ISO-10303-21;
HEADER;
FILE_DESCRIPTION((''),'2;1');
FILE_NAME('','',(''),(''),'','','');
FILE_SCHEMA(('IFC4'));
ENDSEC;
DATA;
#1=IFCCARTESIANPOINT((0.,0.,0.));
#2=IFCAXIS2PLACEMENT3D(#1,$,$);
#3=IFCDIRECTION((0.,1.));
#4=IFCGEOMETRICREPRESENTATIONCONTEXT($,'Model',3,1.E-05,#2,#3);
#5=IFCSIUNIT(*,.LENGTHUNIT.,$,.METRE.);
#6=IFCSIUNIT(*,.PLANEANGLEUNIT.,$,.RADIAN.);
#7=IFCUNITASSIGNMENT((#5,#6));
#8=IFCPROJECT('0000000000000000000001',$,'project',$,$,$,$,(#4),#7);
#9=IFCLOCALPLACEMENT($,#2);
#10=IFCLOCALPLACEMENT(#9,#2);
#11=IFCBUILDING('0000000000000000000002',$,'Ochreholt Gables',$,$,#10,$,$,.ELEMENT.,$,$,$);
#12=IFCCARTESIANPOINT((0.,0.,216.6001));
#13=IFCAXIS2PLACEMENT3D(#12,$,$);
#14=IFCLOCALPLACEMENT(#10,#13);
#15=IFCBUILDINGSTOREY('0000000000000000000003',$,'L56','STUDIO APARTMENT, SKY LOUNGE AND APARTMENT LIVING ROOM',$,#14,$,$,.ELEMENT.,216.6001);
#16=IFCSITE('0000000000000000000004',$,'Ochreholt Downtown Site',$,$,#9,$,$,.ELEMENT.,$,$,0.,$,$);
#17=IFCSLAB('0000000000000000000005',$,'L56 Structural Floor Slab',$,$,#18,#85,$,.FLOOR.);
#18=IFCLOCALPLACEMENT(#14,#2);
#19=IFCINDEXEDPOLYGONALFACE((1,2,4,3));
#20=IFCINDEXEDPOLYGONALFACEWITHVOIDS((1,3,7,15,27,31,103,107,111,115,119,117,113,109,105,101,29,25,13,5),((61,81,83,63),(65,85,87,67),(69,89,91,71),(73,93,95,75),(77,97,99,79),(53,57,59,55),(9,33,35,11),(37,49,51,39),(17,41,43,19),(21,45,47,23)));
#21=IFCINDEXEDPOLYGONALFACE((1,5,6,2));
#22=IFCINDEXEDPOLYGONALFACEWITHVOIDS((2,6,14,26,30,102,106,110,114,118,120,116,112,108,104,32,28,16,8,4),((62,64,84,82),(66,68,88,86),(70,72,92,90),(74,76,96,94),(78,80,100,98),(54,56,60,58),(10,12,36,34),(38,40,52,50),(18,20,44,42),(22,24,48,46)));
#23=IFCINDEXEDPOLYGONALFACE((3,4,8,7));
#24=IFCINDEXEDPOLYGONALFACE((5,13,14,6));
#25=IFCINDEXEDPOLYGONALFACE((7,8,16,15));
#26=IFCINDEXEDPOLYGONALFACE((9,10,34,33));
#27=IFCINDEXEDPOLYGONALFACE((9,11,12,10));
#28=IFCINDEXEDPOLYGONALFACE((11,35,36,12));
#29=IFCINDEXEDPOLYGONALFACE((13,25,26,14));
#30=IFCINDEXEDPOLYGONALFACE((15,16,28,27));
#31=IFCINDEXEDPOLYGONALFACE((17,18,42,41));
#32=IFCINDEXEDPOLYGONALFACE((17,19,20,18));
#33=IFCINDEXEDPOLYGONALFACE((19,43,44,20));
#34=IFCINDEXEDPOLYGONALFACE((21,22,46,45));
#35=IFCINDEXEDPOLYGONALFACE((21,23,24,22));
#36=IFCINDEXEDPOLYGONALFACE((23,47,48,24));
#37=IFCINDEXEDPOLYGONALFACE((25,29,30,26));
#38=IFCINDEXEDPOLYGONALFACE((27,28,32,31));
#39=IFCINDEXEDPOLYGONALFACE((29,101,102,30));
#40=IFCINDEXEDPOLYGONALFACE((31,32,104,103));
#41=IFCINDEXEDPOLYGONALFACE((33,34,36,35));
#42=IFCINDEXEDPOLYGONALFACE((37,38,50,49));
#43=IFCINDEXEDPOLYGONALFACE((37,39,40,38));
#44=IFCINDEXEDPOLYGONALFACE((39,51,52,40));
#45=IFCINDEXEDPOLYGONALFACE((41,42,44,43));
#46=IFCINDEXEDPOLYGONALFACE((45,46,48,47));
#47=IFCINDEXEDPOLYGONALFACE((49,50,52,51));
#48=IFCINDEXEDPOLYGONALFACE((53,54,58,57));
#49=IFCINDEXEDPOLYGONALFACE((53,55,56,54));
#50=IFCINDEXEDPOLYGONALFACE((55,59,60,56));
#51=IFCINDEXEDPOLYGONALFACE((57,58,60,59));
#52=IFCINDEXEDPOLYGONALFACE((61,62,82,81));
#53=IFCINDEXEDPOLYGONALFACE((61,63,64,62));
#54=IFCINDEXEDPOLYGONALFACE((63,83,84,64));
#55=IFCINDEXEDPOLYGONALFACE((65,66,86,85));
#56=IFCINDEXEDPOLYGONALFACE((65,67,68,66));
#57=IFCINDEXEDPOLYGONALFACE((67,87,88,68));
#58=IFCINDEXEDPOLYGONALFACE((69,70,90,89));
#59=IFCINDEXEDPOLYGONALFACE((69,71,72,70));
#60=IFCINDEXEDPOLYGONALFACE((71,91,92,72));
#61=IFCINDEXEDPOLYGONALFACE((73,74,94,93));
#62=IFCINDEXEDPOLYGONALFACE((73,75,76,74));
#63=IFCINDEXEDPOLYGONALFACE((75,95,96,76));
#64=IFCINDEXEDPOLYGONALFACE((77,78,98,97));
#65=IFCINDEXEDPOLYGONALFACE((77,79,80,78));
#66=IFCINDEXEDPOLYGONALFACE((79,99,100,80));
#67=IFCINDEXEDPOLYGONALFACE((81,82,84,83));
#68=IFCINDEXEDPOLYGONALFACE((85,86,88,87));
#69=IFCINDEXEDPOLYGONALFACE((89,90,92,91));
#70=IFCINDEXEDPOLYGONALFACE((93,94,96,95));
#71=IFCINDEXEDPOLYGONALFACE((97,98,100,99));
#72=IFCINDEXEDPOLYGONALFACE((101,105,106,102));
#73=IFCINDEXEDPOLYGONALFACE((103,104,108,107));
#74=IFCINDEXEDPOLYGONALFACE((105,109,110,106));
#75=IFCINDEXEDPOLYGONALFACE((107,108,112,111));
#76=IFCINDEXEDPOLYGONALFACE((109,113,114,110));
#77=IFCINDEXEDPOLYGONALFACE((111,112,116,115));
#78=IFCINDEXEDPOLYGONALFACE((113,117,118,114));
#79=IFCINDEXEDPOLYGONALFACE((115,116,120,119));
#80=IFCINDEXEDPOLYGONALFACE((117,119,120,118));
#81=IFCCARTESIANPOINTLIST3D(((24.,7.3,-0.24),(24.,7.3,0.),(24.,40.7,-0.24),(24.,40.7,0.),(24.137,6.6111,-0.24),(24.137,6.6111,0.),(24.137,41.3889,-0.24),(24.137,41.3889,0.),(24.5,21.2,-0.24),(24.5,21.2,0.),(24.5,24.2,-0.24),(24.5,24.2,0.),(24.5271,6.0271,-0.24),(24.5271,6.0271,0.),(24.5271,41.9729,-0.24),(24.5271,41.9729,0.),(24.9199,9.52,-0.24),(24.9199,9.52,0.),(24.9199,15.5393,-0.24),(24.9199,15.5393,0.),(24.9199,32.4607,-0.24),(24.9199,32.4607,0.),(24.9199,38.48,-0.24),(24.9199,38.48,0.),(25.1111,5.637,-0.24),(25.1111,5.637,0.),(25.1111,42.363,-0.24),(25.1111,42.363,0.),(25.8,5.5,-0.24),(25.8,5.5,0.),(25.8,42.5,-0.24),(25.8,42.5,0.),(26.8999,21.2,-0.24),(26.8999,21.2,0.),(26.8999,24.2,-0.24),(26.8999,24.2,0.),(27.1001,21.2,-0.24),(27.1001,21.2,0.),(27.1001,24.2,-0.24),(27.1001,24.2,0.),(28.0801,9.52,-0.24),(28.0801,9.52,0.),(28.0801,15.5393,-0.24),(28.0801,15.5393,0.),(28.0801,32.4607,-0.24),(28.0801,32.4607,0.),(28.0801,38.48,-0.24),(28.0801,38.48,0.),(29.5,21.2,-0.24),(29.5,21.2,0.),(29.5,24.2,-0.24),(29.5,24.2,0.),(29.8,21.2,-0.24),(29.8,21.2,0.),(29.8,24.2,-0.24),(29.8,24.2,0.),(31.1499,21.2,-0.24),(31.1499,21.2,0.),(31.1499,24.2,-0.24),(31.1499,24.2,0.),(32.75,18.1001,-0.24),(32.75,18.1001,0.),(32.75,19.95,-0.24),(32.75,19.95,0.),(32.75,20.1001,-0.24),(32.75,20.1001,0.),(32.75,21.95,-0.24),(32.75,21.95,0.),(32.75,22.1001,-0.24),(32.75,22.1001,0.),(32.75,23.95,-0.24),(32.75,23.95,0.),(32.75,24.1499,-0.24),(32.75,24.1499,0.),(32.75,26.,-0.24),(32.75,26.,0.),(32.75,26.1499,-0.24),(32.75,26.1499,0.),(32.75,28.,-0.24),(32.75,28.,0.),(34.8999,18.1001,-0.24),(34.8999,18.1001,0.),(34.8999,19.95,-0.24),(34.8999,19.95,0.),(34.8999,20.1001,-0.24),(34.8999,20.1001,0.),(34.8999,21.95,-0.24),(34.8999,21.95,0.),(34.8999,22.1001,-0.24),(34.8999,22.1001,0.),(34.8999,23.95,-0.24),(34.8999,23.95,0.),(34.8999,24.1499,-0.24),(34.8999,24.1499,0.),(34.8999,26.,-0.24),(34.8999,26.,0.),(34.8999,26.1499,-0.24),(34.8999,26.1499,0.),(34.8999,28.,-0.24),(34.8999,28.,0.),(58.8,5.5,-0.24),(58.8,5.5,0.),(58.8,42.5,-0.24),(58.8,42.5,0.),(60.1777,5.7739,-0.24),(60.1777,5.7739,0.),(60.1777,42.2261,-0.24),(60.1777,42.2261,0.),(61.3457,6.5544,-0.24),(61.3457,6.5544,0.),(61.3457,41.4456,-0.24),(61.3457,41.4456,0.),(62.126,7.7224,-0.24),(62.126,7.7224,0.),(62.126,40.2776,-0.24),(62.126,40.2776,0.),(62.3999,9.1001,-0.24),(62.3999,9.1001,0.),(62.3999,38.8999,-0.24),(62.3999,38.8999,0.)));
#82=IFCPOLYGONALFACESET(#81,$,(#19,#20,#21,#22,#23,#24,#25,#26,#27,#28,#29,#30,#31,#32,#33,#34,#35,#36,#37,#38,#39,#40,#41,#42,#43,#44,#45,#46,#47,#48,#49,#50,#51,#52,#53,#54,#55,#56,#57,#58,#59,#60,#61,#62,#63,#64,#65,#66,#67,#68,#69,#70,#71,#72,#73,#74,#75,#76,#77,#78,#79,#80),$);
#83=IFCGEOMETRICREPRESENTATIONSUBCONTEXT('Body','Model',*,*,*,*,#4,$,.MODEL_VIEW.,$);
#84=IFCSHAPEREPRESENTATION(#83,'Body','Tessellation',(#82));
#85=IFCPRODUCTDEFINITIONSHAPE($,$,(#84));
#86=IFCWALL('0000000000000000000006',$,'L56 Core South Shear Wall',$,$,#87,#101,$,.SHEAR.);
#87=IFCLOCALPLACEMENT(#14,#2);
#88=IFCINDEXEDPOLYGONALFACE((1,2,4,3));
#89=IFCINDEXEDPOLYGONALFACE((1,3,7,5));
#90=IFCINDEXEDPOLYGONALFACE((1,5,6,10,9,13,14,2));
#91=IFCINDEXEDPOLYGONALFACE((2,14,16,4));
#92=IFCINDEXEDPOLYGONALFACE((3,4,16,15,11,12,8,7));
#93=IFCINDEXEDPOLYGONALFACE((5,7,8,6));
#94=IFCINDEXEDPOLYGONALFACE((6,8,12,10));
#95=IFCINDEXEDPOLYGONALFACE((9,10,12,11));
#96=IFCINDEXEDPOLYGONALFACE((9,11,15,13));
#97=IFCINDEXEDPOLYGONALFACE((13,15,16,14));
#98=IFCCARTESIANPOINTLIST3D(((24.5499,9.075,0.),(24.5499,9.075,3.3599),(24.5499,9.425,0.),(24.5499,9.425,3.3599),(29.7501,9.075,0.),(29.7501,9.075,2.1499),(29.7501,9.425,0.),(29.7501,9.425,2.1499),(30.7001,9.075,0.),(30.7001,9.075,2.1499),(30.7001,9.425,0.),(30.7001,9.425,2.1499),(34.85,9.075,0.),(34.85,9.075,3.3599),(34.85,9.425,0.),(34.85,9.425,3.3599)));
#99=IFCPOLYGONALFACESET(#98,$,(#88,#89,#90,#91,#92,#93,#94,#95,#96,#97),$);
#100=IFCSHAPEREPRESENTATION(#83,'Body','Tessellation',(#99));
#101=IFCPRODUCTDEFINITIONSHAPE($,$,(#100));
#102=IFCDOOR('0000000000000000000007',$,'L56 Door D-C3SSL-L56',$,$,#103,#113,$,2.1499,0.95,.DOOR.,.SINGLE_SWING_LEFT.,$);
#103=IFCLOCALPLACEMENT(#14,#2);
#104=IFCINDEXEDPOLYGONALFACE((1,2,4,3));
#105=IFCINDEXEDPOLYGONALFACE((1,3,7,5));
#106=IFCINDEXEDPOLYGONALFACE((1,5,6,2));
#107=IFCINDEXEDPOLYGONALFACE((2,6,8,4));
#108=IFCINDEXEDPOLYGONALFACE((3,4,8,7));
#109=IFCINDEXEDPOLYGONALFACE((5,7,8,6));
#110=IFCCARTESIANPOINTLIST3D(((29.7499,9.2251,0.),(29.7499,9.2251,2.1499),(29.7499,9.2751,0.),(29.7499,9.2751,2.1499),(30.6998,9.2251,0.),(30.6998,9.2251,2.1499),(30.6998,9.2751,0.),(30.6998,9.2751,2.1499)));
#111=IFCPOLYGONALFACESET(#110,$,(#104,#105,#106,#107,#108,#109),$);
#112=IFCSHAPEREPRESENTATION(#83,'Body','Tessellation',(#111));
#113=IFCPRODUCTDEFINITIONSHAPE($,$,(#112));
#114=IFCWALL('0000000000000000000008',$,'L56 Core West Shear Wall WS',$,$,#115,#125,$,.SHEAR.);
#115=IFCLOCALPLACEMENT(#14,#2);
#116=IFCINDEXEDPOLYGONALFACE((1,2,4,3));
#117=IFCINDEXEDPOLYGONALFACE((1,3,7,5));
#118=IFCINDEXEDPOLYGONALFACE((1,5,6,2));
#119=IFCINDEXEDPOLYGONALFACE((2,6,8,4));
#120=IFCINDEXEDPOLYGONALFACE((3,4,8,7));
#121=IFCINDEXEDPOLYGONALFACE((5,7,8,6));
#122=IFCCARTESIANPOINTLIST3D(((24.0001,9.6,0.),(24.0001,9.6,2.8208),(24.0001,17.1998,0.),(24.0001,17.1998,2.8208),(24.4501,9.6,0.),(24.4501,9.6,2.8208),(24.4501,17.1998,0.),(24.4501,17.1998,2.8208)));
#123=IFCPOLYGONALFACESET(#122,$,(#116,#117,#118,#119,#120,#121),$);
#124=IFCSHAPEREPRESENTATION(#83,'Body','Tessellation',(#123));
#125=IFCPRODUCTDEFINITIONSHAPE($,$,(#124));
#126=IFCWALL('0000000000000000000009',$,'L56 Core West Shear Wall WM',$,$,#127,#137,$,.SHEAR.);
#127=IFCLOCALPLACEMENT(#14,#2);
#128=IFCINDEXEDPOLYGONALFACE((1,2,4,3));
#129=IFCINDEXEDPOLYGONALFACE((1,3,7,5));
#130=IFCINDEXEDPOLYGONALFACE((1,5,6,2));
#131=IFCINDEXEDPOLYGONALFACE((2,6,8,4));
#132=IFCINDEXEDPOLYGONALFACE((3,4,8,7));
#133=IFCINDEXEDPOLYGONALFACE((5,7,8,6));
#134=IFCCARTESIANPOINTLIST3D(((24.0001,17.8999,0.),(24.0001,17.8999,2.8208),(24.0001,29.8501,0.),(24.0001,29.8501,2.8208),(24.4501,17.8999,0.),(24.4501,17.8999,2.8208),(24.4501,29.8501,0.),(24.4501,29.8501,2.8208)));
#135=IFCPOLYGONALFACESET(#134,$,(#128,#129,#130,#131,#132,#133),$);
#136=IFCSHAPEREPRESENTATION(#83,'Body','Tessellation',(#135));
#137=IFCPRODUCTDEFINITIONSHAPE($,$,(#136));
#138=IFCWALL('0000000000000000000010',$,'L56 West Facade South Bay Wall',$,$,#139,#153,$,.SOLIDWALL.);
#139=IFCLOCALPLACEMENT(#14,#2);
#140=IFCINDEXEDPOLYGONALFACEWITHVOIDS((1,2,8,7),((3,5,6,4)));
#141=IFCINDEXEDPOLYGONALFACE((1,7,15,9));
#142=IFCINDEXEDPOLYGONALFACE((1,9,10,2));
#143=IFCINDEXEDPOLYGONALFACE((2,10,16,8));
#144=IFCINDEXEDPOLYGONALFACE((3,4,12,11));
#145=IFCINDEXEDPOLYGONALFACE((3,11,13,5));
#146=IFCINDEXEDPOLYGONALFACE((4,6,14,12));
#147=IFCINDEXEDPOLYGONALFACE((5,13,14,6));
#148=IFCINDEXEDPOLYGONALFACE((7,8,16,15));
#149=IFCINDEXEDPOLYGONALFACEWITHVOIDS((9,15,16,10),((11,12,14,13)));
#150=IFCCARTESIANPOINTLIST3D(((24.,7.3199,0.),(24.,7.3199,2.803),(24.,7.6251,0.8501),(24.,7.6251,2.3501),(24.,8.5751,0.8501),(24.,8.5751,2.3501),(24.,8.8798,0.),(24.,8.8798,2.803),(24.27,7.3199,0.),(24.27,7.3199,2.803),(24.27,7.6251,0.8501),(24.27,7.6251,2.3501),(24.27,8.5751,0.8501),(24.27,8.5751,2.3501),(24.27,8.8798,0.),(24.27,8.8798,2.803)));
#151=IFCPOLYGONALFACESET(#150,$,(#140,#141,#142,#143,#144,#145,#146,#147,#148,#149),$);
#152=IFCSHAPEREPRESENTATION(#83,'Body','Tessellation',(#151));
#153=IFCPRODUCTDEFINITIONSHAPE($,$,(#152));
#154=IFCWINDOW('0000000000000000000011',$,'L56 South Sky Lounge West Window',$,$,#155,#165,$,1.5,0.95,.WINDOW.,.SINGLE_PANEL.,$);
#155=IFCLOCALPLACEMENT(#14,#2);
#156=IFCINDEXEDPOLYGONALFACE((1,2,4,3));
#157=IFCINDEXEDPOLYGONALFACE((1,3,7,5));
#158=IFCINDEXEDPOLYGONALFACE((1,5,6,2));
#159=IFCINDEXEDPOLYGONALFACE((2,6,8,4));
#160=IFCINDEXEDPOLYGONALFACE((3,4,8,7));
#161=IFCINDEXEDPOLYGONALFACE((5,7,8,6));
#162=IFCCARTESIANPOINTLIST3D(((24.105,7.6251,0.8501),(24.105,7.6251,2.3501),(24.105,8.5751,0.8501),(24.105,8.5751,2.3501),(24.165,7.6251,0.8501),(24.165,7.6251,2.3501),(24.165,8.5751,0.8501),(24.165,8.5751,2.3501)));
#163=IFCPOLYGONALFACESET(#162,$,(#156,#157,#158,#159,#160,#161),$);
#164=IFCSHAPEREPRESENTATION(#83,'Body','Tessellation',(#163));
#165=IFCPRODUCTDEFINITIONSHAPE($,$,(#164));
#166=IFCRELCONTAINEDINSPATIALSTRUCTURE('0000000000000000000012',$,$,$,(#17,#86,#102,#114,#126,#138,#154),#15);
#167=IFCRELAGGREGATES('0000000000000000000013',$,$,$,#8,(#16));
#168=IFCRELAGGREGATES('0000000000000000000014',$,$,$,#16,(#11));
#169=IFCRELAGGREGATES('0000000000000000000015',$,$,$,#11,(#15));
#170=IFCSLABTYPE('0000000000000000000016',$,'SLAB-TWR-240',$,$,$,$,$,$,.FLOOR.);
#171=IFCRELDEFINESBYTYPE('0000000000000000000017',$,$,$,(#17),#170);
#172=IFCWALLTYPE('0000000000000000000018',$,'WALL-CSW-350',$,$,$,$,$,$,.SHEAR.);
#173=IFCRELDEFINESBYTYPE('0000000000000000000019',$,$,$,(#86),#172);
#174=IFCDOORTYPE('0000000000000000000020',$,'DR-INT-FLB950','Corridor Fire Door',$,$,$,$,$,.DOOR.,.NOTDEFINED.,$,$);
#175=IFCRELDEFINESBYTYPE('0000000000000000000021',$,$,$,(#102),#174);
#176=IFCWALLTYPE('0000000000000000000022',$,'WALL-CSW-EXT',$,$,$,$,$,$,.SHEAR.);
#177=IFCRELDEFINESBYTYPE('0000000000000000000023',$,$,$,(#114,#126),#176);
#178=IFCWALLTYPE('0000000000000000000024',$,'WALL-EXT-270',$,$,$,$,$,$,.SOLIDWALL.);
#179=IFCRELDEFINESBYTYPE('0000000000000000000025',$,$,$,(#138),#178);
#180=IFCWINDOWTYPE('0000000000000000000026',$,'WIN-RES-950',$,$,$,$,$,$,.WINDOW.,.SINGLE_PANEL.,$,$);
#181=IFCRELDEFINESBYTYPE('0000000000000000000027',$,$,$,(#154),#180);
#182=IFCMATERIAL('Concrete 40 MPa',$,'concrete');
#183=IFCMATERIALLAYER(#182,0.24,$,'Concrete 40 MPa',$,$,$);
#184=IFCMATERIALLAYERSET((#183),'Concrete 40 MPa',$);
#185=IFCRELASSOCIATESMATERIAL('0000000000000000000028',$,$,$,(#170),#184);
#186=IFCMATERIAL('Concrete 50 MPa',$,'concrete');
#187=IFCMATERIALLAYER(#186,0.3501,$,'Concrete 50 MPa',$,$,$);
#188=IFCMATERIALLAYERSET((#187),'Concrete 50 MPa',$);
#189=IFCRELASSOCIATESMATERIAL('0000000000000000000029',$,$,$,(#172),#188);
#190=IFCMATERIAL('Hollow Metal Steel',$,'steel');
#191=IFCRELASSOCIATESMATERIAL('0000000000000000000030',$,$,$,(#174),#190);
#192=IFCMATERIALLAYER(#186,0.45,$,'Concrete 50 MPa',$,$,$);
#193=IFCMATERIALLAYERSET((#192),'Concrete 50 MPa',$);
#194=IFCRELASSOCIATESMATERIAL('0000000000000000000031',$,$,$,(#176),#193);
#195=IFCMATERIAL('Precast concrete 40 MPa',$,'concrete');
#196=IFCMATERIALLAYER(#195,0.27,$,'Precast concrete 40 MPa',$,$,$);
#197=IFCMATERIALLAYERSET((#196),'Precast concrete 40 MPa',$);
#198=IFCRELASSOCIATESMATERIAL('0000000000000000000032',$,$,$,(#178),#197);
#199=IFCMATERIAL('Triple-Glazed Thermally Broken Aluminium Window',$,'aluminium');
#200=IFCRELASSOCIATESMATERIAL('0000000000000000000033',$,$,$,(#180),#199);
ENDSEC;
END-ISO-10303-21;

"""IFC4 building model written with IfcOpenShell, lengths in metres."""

from ifc_helpers import new_model, si_unit, direction, frame, frame_2d, origin, place, context, subcontext, project, spatial, polyline, rectangle, outline, extrude, material, layer, layer_set, type_object, element, fill, save


model = new_model("IFC4")

# Units and contexts
model_context = context("Model", 3, precision=1e-05, world=origin(), true_north=direction((0.0, 1.0)))
body_context = subcontext(model_context, "Body", "Model", "MODEL_VIEW")
ifc_project = project(units=[si_unit("LENGTHUNIT", "METRE"), si_unit("PLANEANGLEUNIT", "RADIAN")], contexts=[model_context])

# Site, building, storey
site_placement = place(None, origin())
site = spatial("IfcSite", under=ifc_project, at=site_placement, Name="Ochreholt Downtown Site", CompositionType="ELEMENT", RefElevation=0.0)
building_placement = place(site_placement, origin())
building = spatial("IfcBuilding", under=site, at=building_placement, Name="Ochreholt Gables", CompositionType="ELEMENT")
storey_placement = place(building_placement, frame((0.0, 0.0, 216.6001)))
storey = spatial("IfcBuildingStorey", under=building, at=storey_placement, Name="L56", Description="STUDIO APARTMENT, SKY LOUNGE AND APARTMENT LIVING ROOM", CompositionType="ELEMENT", Elevation=216.6001)

# Shared definitions
ifc_material_1 = material(Name="Concrete 50 MPa", Category="concrete")

# Shared definitions
ifc_material_2 = material(Name="Concrete 40 MPa", Category="concrete")

# Slab
ifc_layer_1 = layer(ifc_material_2, 0.24, Name="Concrete 40 MPa")
ifc_layer_set_1 = layer_set([ifc_layer_1], Name="Concrete 40 MPa")
slab_type_1 = type_object("IfcSlabType", Name="SLAB-TWR-240", PredefinedType="FLOOR", material=ifc_layer_set_1)
slab_1_placement = place(storey_placement, frame((0.0, 0.0, -0.24)))
element("IfcSlab", 1, at=slab_1_placement, inside=storey, type_object=slab_type_1, Name="L56 Structural Floor Slab", PredefinedType="FLOOR", context=body_context, shape_type="SweptSolid", body=[
    extrude(outline(polyline([(24.0, 7.3), (24.137, 6.6111), (24.5271, 6.0271), (25.1111, 5.637), (25.8, 5.5), (58.8, 5.5), (60.1777, 5.7739), (61.3457, 6.5544), (62.126, 7.7224), (62.3999, 9.1001), (62.3999, 38.8999), (62.126, 40.2776), (61.3457, 41.4456), (60.1777, 42.2261), (58.8, 42.5), (25.8, 42.5), (25.1111, 42.363), (24.5271, 41.9729), (24.137, 41.3889), (24.0, 40.7), (24.0, 7.3)]), holes=[polyline([(24.9199, 15.5393), (24.9199, 9.52), (28.0801, 9.52), (28.0801, 15.5393), (24.9199, 15.5393)]), polyline([(28.0801, 32.4607), (28.0801, 38.48), (24.9199, 38.48), (24.9199, 32.4607), (28.0801, 32.4607)]), polyline([(24.5, 21.2), (26.8999, 21.2), (26.8999, 24.2), (24.5, 24.2), (24.5, 21.2)]), polyline([(27.1001, 21.2), (29.5, 21.2), (29.5, 24.2), (27.1001, 24.2), (27.1001, 21.2)]), polyline([(32.75, 18.1001), (34.8999, 18.1001), (34.8999, 19.95), (32.75, 19.95), (32.75, 18.1001)]), polyline([(32.75, 20.1001), (34.8999, 20.1001), (34.8999, 21.95), (32.75, 21.95), (32.75, 20.1001)]), polyline([(32.75, 22.1001), (34.8999, 22.1001), (34.8999, 23.95), (32.75, 23.95), (32.75, 22.1001)]), polyline([(32.75, 24.1499), (34.8999, 24.1499), (34.8999, 26.0), (32.75, 26.0), (32.75, 24.1499)]), polyline([(32.75, 26.1499), (34.8999, 26.1499), (34.8999, 28.0), (32.75, 28.0), (32.75, 26.1499)]), polyline([(29.8, 21.2), (31.1499, 21.2), (31.1499, 24.2), (29.8, 24.2), (29.8, 21.2)])]), origin(), (0.0, 0.0, 1.0), 0.24),
])

# Wall, opening, door
ifc_layer_2 = layer(ifc_material_1, 0.3501, Name="Concrete 50 MPa")
ifc_layer_set_2 = layer_set([ifc_layer_2], Name="Concrete 50 MPa")
wall_type_1 = type_object("IfcWallType", Name="WALL-CSW-350", PredefinedType="SHEAR", material=ifc_layer_set_2)
wall_1_placement = place(storey_placement, frame((24.55, 9.25, 0.0), z_axis=(0.0, 0.0, 1.0), x_axis=(1.0, 0.0, 0.0)))
wall_1 = element("IfcWall", 2, at=wall_1_placement, inside=storey, type_object=wall_type_1, Name="L56 Core South Shear Wall", PredefinedType="SHEAR", context=body_context, shape_type="SweptSolid", body=[
    extrude(rectangle(XDim=10.3, YDim=0.3501, at=frame_2d((5.1499, 0.0))), origin(), (0.0, 0.0, 1.0), 3.3599),
])
opening_1_placement = place(wall_1_placement, frame((5.2, 0.0, 0.0)))
opening_1 = element("IfcOpeningElement", 3, at=opening_1_placement, cuts=wall_1, PredefinedType="OPENING", context=body_context, shape_type="SweptSolid", body=[
    extrude(rectangle(XDim=0.95, YDim=2.1499, at=frame_2d((0.4751, 1.075))), frame((0.0, 0.1851, 0.0), z_axis=(0.0, -1.0, 0.0), x_axis=(1.0, 0.0, 0.0)), (0.0, 0.0, 1.0), 0.3701),
])
ifc_material_3 = material(Name="Hollow Metal Steel", Category="steel")
door_type_1 = type_object("IfcDoorType", Name="DR-INT-FLB950", Description="Corridor Fire Door", OperationType="NOTDEFINED", PredefinedType="DOOR", material=ifc_material_3)
door_1_placement = place(opening_1_placement, frame((0.95, 0.0, 0.0), z_axis=(0.0, 0.0, 1.0), x_axis=(-1.0, 0.0, 0.0)))
door_1 = element("IfcDoor", 4, at=door_1_placement, inside=storey, type_object=door_type_1, Name="L56 Door D-C3SSL-L56", OperationType="SINGLE_SWING_LEFT", OverallHeight=2.1499, OverallWidth=0.95, PredefinedType="DOOR", context=body_context, shape_type="SweptSolid", body=[
    extrude(rectangle(XDim=0.95, YDim=2.1499, at=frame_2d((0.4751, 1.075))), frame((0.0, 0.0249, 0.0), z_axis=(0.0, -1.0, 0.0), x_axis=(1.0, 0.0, 0.0)), (0.0, 0.0, 1.0), 0.05),
])
fill(opening_1, door_1)

# Walls
ifc_layer_3 = layer(ifc_material_1, 0.45, Name="Concrete 50 MPa")
ifc_layer_set_3 = layer_set([ifc_layer_3], Name="Concrete 50 MPa")
wall_type_2 = type_object("IfcWallType", Name="WALL-CSW-EXT", PredefinedType="SHEAR", material=ifc_layer_set_3)
wall_2_placement = place(storey_placement, frame((24.2251, 9.6001, 0.0), z_axis=(0.0, 0.0, 1.0), x_axis=(0.0, 1.0, 0.0)))
element("IfcWall", 5, at=wall_2_placement, inside=storey, type_object=wall_type_2, Name="L56 Core West Shear Wall WS", PredefinedType="SHEAR", context=body_context, shape_type="SweptSolid", body=[
    extrude(rectangle(XDim=7.5999, YDim=0.45, at=frame_2d((3.7998, 0.0))), origin(), (0.0, 0.0, 1.0), 2.8208),
])
wall_3_placement = place(storey_placement, frame((24.2251, 17.8999, 0.0), z_axis=(0.0, 0.0, 1.0), x_axis=(0.0, 1.0, 0.0)))
element("IfcWall", 6, at=wall_3_placement, inside=storey, type_object=wall_type_2, Name="L56 Core West Shear Wall WM", PredefinedType="SHEAR", context=body_context, shape_type="SweptSolid", body=[
    extrude(rectangle(XDim=11.9502, YDim=0.45, at=frame_2d((5.9751, 0.0))), origin(), (0.0, 0.0, 1.0), 2.8208),
])

# Wall, opening, window
ifc_material_4 = material(Name="Precast concrete 40 MPa", Category="concrete")
ifc_layer_4 = layer(ifc_material_4, 0.27, Name="Precast concrete 40 MPa")
ifc_layer_set_4 = layer_set([ifc_layer_4], Name="Precast concrete 40 MPa")
wall_type_3 = type_object("IfcWallType", Name="WALL-EXT-270", PredefinedType="SOLIDWALL", material=ifc_layer_set_4)
wall_4_placement = place(storey_placement, frame((24.135, 7.3201, 0.0), z_axis=(0.0, 0.0, 1.0), x_axis=(0.0, 1.0, 0.0)))
wall_4 = element("IfcWall", 7, at=wall_4_placement, inside=storey, type_object=wall_type_3, Name="L56 West Facade South Bay Wall", PredefinedType="SOLIDWALL", context=body_context, shape_type="SweptSolid", body=[
    extrude(rectangle(XDim=1.5598, YDim=0.27, at=frame_2d((0.7798, 0.0))), origin(), (0.0, 0.0, 1.0), 2.803),
])
opening_2_placement = place(wall_4_placement, frame((0.3049, 0.0, 0.8501)))
opening_2 = element("IfcOpeningElement", 8, at=opening_2_placement, cuts=wall_4, PredefinedType="OPENING", context=body_context, shape_type="SweptSolid", body=[
    extrude(rectangle(XDim=0.95, YDim=1.5, at=frame_2d((0.4751, 0.75))), frame((0.0, 0.145, 0.0), z_axis=(0.0, -1.0, 0.0), x_axis=(1.0, 0.0, 0.0)), (0.0, 0.0, 1.0), 0.29),
])
ifc_material_5 = material(Name="Triple-Glazed Thermally Broken Aluminium Window", Category="aluminium")
window_type = type_object("IfcWindowType", Name="WIN-RES-950", PartitioningType="SINGLE_PANEL", PredefinedType="WINDOW", material=ifc_material_5)
window_placement = place(opening_2_placement, origin())
window = element("IfcWindow", 9, at=window_placement, inside=storey, type_object=window_type, Name="L56 South Sky Lounge West Window", OverallHeight=1.5, OverallWidth=0.95, PartitioningType="SINGLE_PANEL", PredefinedType="WINDOW", context=body_context, shape_type="SweptSolid", body=[
    extrude(rectangle(XDim=0.95, YDim=1.5, at=frame_2d((0.4751, 0.75))), frame((0.0, 0.03, 0.0), z_axis=(0.0, -1.0, 0.0), x_axis=(1.0, 0.0, 0.0)), (0.0, 0.0, 1.0), 0.0601),
])
fill(opening_2, window)

save(model, "model.ifc")
